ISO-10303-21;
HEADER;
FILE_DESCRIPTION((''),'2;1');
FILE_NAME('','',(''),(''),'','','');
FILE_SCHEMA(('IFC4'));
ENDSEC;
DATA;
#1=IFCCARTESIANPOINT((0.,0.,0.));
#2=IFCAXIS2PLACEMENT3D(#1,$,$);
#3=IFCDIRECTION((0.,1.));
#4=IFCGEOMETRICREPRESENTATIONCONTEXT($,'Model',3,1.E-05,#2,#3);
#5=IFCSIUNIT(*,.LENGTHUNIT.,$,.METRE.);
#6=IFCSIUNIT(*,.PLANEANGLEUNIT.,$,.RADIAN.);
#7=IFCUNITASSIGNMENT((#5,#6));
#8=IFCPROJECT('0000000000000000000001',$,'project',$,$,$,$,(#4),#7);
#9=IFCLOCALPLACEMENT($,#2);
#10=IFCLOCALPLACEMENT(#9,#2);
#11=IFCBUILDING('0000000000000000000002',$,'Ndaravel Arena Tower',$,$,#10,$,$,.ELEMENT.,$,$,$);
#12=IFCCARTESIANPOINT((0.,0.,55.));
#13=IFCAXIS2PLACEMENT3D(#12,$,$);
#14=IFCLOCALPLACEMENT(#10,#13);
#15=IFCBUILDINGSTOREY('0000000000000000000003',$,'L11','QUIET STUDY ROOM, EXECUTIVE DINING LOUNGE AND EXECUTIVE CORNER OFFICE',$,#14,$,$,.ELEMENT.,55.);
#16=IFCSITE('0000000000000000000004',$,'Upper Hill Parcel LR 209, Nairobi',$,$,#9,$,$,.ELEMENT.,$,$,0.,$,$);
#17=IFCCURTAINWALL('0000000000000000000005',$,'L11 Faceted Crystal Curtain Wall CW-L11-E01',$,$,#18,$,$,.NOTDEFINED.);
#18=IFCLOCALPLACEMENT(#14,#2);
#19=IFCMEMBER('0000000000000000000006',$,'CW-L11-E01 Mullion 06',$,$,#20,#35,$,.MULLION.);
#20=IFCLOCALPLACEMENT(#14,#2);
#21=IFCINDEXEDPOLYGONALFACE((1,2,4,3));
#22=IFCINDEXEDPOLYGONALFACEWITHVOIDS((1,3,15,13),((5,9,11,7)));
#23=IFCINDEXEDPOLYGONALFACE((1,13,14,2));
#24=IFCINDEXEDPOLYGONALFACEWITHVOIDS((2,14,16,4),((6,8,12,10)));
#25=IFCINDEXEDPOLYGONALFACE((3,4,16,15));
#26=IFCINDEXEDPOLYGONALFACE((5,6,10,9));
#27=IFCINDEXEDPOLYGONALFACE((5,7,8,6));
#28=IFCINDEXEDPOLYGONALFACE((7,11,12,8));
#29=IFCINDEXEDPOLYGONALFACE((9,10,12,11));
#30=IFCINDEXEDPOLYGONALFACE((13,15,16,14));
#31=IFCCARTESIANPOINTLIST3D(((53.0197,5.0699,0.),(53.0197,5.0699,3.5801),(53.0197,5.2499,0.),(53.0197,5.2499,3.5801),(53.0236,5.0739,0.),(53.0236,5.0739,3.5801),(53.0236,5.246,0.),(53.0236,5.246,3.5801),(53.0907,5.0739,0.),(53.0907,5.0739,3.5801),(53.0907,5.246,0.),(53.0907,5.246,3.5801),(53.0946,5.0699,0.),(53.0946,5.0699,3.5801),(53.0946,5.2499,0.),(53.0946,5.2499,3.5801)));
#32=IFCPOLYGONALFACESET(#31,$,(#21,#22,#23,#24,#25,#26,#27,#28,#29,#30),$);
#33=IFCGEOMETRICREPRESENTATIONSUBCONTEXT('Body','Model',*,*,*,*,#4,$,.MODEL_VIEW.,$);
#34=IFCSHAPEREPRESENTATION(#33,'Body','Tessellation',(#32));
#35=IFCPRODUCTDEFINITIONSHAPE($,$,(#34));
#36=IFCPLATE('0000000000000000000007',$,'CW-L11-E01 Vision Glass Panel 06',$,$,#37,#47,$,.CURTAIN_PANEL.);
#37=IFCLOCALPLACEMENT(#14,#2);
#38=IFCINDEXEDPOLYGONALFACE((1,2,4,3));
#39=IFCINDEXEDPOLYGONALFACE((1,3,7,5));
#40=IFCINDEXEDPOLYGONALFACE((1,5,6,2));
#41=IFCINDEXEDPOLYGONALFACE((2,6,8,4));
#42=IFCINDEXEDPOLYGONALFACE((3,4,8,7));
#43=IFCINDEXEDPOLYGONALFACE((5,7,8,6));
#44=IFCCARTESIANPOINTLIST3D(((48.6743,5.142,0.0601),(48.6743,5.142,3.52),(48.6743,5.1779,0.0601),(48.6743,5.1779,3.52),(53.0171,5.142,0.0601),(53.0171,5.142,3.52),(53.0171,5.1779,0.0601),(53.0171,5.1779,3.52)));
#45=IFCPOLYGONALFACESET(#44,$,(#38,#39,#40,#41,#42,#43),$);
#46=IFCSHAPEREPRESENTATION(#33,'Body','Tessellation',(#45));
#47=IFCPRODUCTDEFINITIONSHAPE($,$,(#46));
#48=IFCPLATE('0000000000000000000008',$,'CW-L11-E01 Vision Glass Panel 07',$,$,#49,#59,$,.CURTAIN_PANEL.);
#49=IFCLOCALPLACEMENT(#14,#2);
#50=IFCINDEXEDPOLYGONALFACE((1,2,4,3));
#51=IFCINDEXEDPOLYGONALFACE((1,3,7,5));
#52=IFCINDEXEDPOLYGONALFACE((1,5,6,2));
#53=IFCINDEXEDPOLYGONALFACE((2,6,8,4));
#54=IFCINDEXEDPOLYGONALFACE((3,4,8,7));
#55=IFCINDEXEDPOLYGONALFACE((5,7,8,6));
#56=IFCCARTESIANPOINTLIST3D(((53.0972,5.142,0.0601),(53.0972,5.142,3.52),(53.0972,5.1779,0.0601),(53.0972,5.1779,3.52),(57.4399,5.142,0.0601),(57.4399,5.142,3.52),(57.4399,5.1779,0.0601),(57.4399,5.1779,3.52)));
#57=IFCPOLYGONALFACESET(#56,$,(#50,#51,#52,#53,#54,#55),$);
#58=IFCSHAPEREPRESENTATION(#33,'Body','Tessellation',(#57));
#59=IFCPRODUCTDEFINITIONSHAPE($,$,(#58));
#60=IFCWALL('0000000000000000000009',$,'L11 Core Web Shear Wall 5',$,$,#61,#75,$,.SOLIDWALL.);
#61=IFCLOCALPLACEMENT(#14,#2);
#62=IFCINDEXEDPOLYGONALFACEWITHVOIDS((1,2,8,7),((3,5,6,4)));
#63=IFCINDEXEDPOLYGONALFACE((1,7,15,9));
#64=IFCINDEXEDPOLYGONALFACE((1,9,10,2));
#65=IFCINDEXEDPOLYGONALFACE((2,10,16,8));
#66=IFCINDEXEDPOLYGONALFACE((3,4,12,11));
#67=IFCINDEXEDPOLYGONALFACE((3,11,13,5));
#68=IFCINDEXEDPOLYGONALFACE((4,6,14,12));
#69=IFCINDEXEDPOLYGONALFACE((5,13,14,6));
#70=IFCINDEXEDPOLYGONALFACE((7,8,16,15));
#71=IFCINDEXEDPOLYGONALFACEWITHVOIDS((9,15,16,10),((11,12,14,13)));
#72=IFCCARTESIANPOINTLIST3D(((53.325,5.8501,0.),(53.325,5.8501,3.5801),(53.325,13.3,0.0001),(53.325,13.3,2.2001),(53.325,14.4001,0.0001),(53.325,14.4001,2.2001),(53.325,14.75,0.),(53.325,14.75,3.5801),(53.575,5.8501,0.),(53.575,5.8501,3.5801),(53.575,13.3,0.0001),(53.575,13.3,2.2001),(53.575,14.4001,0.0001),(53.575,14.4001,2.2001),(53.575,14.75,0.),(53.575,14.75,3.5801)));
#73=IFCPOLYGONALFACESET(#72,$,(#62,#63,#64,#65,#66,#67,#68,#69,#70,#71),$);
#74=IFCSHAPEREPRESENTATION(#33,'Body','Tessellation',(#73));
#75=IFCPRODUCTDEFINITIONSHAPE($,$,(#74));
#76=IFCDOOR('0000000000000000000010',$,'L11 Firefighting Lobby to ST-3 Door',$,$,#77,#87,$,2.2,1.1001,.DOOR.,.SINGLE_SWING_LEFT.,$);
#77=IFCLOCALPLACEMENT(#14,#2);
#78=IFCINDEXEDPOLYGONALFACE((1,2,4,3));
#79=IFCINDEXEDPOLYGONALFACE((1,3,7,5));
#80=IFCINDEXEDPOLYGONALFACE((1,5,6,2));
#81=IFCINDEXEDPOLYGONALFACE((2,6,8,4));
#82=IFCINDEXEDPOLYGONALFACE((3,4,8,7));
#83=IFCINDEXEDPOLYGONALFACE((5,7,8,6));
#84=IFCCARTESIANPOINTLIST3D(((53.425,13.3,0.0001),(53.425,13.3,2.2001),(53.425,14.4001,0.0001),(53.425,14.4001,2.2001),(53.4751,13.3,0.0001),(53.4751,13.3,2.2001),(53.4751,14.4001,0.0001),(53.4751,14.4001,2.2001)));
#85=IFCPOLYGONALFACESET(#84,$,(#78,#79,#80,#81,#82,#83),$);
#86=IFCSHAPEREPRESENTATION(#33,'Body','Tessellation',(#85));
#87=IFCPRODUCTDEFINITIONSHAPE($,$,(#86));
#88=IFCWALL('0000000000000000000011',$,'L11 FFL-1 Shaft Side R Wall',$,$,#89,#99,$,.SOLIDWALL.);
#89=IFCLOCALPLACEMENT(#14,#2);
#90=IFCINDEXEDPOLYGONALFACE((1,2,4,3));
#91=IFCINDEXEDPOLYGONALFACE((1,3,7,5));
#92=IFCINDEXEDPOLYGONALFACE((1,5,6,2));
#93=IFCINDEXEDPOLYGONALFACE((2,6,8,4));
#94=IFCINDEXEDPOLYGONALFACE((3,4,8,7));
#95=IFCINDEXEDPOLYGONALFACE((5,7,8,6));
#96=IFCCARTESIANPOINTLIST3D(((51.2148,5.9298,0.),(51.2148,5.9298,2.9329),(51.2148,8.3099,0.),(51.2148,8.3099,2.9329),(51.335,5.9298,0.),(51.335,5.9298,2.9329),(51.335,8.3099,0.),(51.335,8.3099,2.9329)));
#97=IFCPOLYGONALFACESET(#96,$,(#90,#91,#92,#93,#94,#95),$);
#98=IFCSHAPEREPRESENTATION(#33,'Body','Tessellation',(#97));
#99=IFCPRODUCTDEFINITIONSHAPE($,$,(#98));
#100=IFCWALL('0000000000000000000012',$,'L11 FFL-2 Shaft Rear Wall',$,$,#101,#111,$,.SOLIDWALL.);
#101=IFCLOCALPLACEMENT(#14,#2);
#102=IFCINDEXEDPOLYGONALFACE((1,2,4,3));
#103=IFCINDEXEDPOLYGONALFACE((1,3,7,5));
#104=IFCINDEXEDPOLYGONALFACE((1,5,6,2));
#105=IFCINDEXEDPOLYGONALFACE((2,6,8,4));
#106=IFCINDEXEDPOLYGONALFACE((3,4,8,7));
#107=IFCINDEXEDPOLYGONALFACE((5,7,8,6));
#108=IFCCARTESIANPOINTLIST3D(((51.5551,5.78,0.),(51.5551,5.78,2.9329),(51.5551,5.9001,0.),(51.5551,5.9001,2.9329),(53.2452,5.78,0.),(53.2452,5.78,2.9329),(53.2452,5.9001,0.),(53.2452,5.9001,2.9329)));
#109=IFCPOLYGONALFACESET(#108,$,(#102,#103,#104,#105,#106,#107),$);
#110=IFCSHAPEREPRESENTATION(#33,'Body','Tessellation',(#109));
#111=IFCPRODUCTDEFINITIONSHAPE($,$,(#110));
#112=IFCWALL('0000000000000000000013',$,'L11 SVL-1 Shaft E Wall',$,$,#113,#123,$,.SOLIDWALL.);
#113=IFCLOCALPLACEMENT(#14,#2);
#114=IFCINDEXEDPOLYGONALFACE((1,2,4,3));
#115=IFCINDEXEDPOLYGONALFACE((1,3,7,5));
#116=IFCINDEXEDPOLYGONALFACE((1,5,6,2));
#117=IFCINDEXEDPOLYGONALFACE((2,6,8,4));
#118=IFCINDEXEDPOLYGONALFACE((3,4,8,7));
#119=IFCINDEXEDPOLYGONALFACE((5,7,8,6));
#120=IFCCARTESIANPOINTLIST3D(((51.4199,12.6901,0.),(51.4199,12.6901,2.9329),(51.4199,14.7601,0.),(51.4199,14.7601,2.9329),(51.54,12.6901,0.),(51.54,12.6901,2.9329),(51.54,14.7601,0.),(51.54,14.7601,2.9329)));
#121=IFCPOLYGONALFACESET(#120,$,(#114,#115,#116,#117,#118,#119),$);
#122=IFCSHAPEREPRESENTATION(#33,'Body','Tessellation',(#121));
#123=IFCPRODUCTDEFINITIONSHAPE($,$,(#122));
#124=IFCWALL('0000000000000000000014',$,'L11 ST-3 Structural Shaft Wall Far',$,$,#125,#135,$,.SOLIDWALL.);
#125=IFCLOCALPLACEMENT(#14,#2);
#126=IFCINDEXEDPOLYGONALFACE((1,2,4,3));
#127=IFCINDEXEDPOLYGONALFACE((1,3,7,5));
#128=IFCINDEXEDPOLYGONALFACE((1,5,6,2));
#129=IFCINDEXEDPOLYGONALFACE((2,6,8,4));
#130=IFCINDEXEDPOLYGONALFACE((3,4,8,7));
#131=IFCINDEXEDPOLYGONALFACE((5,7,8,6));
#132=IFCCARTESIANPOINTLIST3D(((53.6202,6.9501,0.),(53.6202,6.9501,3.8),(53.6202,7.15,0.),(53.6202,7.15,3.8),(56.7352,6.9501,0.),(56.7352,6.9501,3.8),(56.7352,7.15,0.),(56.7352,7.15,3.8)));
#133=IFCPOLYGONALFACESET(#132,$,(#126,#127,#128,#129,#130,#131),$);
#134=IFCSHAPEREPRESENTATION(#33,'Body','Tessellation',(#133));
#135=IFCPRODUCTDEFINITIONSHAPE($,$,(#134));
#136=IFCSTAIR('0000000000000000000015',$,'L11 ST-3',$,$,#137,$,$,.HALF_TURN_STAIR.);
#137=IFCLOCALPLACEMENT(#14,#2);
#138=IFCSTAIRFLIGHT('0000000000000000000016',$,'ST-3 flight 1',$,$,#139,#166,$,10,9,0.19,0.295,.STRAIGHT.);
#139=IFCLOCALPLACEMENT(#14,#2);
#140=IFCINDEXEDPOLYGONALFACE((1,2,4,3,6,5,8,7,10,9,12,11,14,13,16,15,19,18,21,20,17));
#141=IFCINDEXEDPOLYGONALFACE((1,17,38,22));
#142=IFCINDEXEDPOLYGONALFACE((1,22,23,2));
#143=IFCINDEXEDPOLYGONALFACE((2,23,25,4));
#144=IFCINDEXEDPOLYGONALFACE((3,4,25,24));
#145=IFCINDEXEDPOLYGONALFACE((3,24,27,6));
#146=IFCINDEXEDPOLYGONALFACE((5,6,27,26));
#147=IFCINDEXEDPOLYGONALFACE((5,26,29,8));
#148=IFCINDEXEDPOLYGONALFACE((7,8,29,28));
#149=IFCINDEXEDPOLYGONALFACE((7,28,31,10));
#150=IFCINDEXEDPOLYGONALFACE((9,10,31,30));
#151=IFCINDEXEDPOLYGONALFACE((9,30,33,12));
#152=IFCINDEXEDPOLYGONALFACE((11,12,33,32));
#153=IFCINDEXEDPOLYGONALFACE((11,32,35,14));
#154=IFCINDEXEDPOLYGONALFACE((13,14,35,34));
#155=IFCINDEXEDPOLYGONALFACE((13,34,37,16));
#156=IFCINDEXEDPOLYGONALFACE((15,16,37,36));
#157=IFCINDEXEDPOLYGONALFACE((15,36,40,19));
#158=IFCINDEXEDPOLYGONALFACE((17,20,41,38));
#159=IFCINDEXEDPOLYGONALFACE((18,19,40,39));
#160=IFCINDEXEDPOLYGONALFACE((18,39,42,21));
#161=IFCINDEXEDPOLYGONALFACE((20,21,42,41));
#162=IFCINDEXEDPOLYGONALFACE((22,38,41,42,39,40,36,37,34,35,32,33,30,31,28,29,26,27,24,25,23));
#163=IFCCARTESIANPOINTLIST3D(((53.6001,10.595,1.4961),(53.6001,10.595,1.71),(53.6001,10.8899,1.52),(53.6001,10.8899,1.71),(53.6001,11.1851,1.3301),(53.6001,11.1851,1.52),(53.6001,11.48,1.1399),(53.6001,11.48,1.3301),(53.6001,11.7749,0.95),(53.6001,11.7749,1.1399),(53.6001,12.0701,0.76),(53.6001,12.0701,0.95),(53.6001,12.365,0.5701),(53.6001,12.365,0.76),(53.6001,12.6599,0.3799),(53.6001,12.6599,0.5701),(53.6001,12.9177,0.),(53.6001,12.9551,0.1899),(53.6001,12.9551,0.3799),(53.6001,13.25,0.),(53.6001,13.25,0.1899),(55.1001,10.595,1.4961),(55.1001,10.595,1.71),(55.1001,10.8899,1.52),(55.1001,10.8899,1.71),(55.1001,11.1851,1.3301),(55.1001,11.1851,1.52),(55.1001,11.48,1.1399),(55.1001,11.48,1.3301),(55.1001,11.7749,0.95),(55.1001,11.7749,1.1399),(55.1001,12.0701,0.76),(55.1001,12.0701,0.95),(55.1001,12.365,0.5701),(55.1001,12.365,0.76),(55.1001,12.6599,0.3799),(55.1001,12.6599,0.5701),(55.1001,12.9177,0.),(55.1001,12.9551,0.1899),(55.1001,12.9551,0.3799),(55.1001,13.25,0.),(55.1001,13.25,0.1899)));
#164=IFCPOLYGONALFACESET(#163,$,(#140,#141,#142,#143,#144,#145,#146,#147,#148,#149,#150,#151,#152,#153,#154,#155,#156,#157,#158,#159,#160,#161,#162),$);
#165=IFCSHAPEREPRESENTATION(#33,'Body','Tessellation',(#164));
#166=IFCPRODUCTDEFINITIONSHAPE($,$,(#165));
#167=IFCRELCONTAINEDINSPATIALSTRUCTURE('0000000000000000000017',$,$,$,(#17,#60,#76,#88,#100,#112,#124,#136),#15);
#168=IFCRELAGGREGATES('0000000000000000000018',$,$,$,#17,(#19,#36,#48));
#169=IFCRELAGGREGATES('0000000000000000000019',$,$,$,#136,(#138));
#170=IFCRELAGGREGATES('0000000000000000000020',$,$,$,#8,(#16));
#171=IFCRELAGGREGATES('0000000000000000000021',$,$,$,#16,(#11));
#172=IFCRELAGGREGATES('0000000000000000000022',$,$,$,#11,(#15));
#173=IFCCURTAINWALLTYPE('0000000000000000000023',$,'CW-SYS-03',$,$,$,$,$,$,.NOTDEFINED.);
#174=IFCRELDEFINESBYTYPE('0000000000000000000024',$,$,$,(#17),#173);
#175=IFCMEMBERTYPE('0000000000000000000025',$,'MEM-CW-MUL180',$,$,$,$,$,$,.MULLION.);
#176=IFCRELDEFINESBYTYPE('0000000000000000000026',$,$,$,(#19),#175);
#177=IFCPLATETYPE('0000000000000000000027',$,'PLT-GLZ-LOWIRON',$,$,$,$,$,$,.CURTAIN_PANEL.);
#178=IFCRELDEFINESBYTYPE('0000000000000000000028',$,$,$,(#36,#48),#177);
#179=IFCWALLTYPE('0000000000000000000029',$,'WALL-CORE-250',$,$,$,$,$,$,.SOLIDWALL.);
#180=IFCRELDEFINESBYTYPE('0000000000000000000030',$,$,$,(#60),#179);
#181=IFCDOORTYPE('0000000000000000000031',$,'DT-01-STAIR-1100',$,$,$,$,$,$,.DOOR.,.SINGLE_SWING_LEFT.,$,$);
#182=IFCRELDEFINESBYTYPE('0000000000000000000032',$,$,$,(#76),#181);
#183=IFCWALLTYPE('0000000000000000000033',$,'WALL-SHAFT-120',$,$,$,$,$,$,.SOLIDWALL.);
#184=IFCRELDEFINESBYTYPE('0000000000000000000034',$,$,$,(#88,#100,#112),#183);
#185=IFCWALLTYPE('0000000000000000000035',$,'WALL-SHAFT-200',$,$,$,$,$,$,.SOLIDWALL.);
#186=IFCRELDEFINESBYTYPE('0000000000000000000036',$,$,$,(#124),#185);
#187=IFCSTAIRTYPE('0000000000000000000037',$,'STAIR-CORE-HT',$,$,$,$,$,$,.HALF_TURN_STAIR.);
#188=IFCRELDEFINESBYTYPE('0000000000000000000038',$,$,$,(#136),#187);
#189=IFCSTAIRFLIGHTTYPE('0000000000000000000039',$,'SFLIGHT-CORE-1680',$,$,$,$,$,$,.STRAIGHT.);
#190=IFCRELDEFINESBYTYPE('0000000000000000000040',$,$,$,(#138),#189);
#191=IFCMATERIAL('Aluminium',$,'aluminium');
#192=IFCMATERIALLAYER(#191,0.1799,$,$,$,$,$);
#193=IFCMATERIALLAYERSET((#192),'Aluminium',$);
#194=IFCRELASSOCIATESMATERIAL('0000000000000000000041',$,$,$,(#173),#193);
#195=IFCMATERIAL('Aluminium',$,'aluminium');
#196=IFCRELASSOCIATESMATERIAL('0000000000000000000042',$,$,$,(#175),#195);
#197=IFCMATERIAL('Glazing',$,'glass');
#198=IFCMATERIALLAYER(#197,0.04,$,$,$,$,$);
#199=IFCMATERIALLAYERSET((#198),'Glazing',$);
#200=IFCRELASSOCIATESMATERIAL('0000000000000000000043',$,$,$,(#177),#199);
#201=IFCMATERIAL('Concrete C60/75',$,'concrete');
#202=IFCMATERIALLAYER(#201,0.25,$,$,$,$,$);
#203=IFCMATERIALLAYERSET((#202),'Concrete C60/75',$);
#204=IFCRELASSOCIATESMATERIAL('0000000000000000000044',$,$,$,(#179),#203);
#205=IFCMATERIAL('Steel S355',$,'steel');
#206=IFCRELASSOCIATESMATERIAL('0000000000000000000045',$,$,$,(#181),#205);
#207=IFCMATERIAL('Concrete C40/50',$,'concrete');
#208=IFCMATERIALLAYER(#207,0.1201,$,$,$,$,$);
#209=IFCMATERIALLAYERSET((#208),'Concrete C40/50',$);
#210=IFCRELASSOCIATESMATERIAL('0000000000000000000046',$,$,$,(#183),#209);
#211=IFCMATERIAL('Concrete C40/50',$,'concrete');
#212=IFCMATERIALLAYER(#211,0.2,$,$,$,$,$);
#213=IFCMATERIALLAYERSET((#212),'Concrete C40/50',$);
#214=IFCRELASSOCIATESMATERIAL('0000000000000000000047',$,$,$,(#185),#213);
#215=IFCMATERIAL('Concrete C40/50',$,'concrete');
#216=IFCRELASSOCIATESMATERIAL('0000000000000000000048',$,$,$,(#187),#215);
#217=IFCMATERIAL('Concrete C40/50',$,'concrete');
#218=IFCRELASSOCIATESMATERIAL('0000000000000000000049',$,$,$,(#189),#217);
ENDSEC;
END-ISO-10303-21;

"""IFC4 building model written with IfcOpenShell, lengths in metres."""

from ifc_helpers import new_model, si_unit, direction, frame, frame_2d, origin, origin_2d, place, context, subcontext, project, spatial, polyline, rectangle, hollow_rectangle, outline, extrude, material, layer, layer_set, material_profile, profile_set, type_object, element, fill, aggregate, save


model = new_model("IFC4")

# Units and contexts
model_context = context("Model", 3, precision=1e-05, world=origin(), true_north=direction((0.0, 1.0)))
body_context = subcontext(model_context, "Body", "Model", "MODEL_VIEW")
ifc_project = project(units=[si_unit("LENGTHUNIT", "METRE"), si_unit("PLANEANGLEUNIT", "RADIAN")], contexts=[model_context])

# Site, building, storey
site_placement = place(None, origin())
site = spatial("IfcSite", under=ifc_project, at=site_placement, Name="Upper Hill Parcel LR 209, Nairobi", CompositionType="ELEMENT", RefElevation=0.0)
building_placement = place(site_placement, origin())
building = spatial("IfcBuilding", under=site, at=building_placement, Name="Ndaravel Arena Tower", CompositionType="ELEMENT")
storey_placement = place(building_placement, frame((0.0, 0.0, 55.0)))
storey = spatial("IfcBuildingStorey", under=building, at=storey_placement, Name="L11", Description="QUIET STUDY ROOM, EXECUTIVE DINING LOUNGE AND EXECUTIVE CORNER OFFICE", CompositionType="ELEMENT", Elevation=55.0)

# Curtain wall, member, plates
ifc_material_1 = material(Name="Aluminium", Category="aluminium")
ifc_layer_1 = layer(ifc_material_1, 0.1799)
ifc_layer_set_1 = layer_set([ifc_layer_1], Name="Aluminium")
curtain_wall_type = type_object("IfcCurtainWallType", Name="CW-SYS-03", PredefinedType="NOTDEFINED", material=ifc_layer_set_1)
curtain_wall_placement = place(storey_placement, origin())
curtain_wall = element("IfcCurtainWall", 1, at=curtain_wall_placement, inside=storey, type_object=curtain_wall_type, Name="L11 Faceted Crystal Curtain Wall CW-L11-E01", PredefinedType="NOTDEFINED")
ifc_material_2 = material(Name="Aluminium", Category="aluminium")
ifc_material_profile = material_profile(ifc_material_2, hollow_rectangle(XDim=0.075, YDim=0.1799, WallThickness=0.0039, at=origin_2d()), Name="CW MULLION 75x180x4")
ifc_profile_set = profile_set([ifc_material_profile], Name="Aluminium")
member_type = type_object("IfcMemberType", Name="MEM-CW-MUL180", PredefinedType="MULLION", material=ifc_profile_set)
member_placement = place(storey_placement, frame((53.0571, 5.1599, 0.0), z_axis=(0.0, 0.0, 1.0), x_axis=(1.0, 0.0, 0.0)))
member = element("IfcMember", 2, at=member_placement, type_object=member_type, Name="CW-L11-E01 Mullion 06", PredefinedType="MULLION", context=body_context, shape_type="SweptSolid", body=[
    extrude(hollow_rectangle(XDim=0.075, YDim=0.1799, WallThickness=0.0039, at=origin_2d()), origin(), (0.0, 0.0, 1.0), 3.5801),
])
ifc_material_3 = material(Name="Glazing", Category="glass")
ifc_layer_2 = layer(ifc_material_3, 0.04)
ifc_layer_set_2 = layer_set([ifc_layer_2], Name="Glazing")
plate_type = type_object("IfcPlateType", Name="PLT-GLZ-LOWIRON", PredefinedType="CURTAIN_PANEL", material=ifc_layer_set_2)
plate_1_placement = place(storey_placement, frame((50.8457, 5.1599, 0.0601), z_axis=(0.0, 0.0, 1.0), x_axis=(1.0, 0.0, 0.0)))
plate_1 = element("IfcPlate", 3, at=plate_1_placement, type_object=plate_type, Name="CW-L11-E01 Vision Glass Panel 06", PredefinedType="CURTAIN_PANEL", context=body_context, shape_type="SweptSolid", body=[
    extrude(rectangle(XDim=4.3428, YDim=0.0359, at=origin_2d()), origin(), (0.0, 0.0, 1.0), 3.46),
])
plate_2_placement = place(storey_placement, frame((55.2686, 5.1599, 0.0601), z_axis=(0.0, 0.0, 1.0), x_axis=(1.0, 0.0, 0.0)))
plate_2 = element("IfcPlate", 4, at=plate_2_placement, type_object=plate_type, Name="CW-L11-E01 Vision Glass Panel 07", PredefinedType="CURTAIN_PANEL", context=body_context, shape_type="SweptSolid", body=[
    extrude(rectangle(XDim=4.3428, YDim=0.0359, at=origin_2d()), origin(), (0.0, 0.0, 1.0), 3.46),
])
aggregate(curtain_wall, [member, plate_1, plate_2])

# Wall, opening, door
ifc_material_4 = material(Name="Concrete C60/75", Category="concrete")
ifc_layer_3 = layer(ifc_material_4, 0.25)
ifc_layer_set_3 = layer_set([ifc_layer_3], Name="Concrete C60/75")
wall_type_1 = type_object("IfcWallType", Name="WALL-CORE-250", PredefinedType="SOLIDWALL", material=ifc_layer_set_3)
wall_1_placement = place(storey_placement, frame((53.45, 5.8501, 0.0), z_axis=(0.0, 0.0, 1.0), x_axis=(0.0, 1.0, 0.0)))
wall_1 = element("IfcWall", 5, at=wall_1_placement, inside=storey, type_object=wall_type_1, Name="L11 Core Web Shear Wall 5", PredefinedType="SOLIDWALL", context=body_context, shape_type="SweptSolid", body=[
    extrude(rectangle(XDim=8.8999, YDim=0.25, at=frame_2d((4.45, 0.0))), origin(), (0.0, 0.0, 1.0), 3.5801),
])
opening_1_placement = place(wall_1_placement, frame((7.45, 0.0, 0.0)))
opening_1 = element("IfcOpeningElement", 6, at=opening_1_placement, cuts=wall_1, PredefinedType="OPENING", context=body_context, shape_type="SweptSolid", body=[
    extrude(rectangle(XDim=1.1001, YDim=2.2, at=frame_2d((0.55, 1.1001))), frame((0.0, 0.125, 0.0), z_axis=(0.0, -1.0, 0.0), x_axis=(1.0, 0.0, 0.0)), (0.0, 0.0, 1.0), 0.25),
])
ifc_material_5 = material(Name="Steel S355", Category="steel")
door_type_1 = type_object("IfcDoorType", Name="DT-01-STAIR-1100", OperationType="SINGLE_SWING_LEFT", PredefinedType="DOOR", material=ifc_material_5)
door_1_placement = place(opening_1_placement, origin())
door_1 = element("IfcDoor", 7, at=door_1_placement, inside=storey, type_object=door_type_1, Name="L11 Firefighting Lobby to ST-3 Door", OperationType="SINGLE_SWING_LEFT", OverallHeight=2.2, OverallWidth=1.1001, PredefinedType="DOOR", context=body_context, shape_type="SweptSolid", body=[
    extrude(rectangle(XDim=1.1001, YDim=2.2, at=frame_2d((0.55, 1.1001))), frame((0.0, 0.0249, 0.0), z_axis=(0.0, -1.0, 0.0), x_axis=(1.0, 0.0, 0.0)), (0.0, 0.0, 1.0), 0.05),
])
fill(opening_1, door_1)

# Walls
ifc_material_6 = material(Name="Concrete C40/50", Category="concrete")
ifc_layer_4 = layer(ifc_material_6, 0.1201)
ifc_layer_set_4 = layer_set([ifc_layer_4], Name="Concrete C40/50")
wall_type_2 = type_object("IfcWallType", Name="WALL-SHAFT-120", PredefinedType="SOLIDWALL", material=ifc_layer_set_4)
wall_2_placement = place(storey_placement, frame((51.2749, 5.9299, 0.0), z_axis=(0.0, 0.0, 1.0), x_axis=(0.0, 1.0, 0.0)))
element("IfcWall", 8, at=wall_2_placement, inside=storey, type_object=wall_type_2, Name="L11 FFL-1 Shaft Side R Wall", PredefinedType="SOLIDWALL", context=body_context, shape_type="SweptSolid", body=[
    extrude(rectangle(XDim=2.3801, YDim=0.1201, at=frame_2d((1.1899, 0.0))), origin(), (0.0, 0.0, 1.0), 2.9329),
])
wall_3_placement = place(storey_placement, frame((51.5549, 5.8401, 0.0), z_axis=(0.0, 0.0, 1.0), x_axis=(1.0, 0.0, 0.0)))
element("IfcWall", 9, at=wall_3_placement, inside=storey, type_object=wall_type_2, Name="L11 FFL-2 Shaft Rear Wall", PredefinedType="SOLIDWALL", context=body_context, shape_type="SweptSolid", body=[
    extrude(rectangle(XDim=1.6902, YDim=0.1201, at=frame_2d((0.8452, 0.0))), origin(), (0.0, 0.0, 1.0), 2.9329),
])
wall_4_placement = place(storey_placement, frame((51.48, 12.6899, 0.0), z_axis=(0.0, 0.0, 1.0), x_axis=(0.0, 1.0, 0.0)))
element("IfcWall", 10, at=wall_4_placement, inside=storey, type_object=wall_type_2, Name="L11 SVL-1 Shaft E Wall", PredefinedType="SOLIDWALL", context=body_context, shape_type="SweptSolid", body=[
    extrude(rectangle(XDim=2.0701, YDim=0.1201, at=frame_2d((1.0352, 0.0))), origin(), (0.0, 0.0, 1.0), 2.9329),
])
ifc_material_7 = material(Name="Concrete C40/50", Category="concrete")
ifc_layer_5 = layer(ifc_material_7, 0.2)
ifc_layer_set_5 = layer_set([ifc_layer_5], Name="Concrete C40/50")
wall_type_3 = type_object("IfcWallType", Name="WALL-SHAFT-200", PredefinedType="SOLIDWALL", material=ifc_layer_set_5)
wall_5_placement = place(storey_placement, frame((53.6201, 7.05, 0.0), z_axis=(0.0, 0.0, 1.0), x_axis=(1.0, 0.0, 0.0)))
element("IfcWall", 11, at=wall_5_placement, inside=storey, type_object=wall_type_3, Name="L11 ST-3 Structural Shaft Wall Far", PredefinedType="SOLIDWALL", context=body_context, shape_type="SweptSolid", body=[
    extrude(rectangle(XDim=3.115, YDim=0.2, at=frame_2d((1.5576, 0.0))), origin(), (0.0, 0.0, 1.0), 3.8),
])

# Stair, stair flight
ifc_material_8 = material(Name="Concrete C40/50", Category="concrete")
stair_type = type_object("IfcStairType", Name="STAIR-CORE-HT", PredefinedType="HALF_TURN_STAIR", material=ifc_material_8)
stair_placement = place(storey_placement, origin())
stair = element("IfcStair", 12, at=stair_placement, inside=storey, type_object=stair_type, Name="L11 ST-3", PredefinedType="HALF_TURN_STAIR")
ifc_material_9 = material(Name="Concrete C40/50", Category="concrete")
stair_flight_type = type_object("IfcStairFlightType", Name="SFLIGHT-CORE-1680", PredefinedType="STRAIGHT", material=ifc_material_9)
stair_flight_1_placement = place(storey_placement, frame((54.3501, 13.25, 0.0), z_axis=(0.0, 0.0, 1.0), x_axis=(0.0, -1.0, 0.0)))
stair_flight_1 = element("IfcStairFlight", 13, at=stair_flight_1_placement, type_object=stair_flight_type, Name="ST-3 flight 1", NumberOfRisers=10, NumberOfTreads=9, PredefinedType="STRAIGHT", RiserHeight=0.19, TreadLength=0.295, context=body_context, shape_type="SweptSolid", body=[
    extrude(outline(polyline([(0.0, 0.0), (0.0, 0.1899), (0.2949, 0.1899), (0.2949, 0.3799), (0.5901, 0.3799), (0.5901, 0.5701), (0.885, 0.5701), (0.885, 0.76), (1.1799, 0.76), (1.1799, 0.95), (1.4751, 0.95), (1.4751, 1.1399), (1.77, 1.1399), (1.77, 1.3301), (2.0649, 1.3301), (2.0649, 1.52), (2.3601, 1.52), (2.3601, 1.71), (2.655, 1.71), (2.655, 1.8999), (2.655, 1.4961), (0.3323, 0.0), (0.0, 0.0)])), frame((0.0, 0.75, 0.0), z_axis=(0.0, -1.0, 0.0), x_axis=(1.0, 0.0, 0.0)), (0.0, 0.0, 1.0), 1.5),
])
aggregate(stair, [stair_flight_1])

save(model, "model.ifc")
